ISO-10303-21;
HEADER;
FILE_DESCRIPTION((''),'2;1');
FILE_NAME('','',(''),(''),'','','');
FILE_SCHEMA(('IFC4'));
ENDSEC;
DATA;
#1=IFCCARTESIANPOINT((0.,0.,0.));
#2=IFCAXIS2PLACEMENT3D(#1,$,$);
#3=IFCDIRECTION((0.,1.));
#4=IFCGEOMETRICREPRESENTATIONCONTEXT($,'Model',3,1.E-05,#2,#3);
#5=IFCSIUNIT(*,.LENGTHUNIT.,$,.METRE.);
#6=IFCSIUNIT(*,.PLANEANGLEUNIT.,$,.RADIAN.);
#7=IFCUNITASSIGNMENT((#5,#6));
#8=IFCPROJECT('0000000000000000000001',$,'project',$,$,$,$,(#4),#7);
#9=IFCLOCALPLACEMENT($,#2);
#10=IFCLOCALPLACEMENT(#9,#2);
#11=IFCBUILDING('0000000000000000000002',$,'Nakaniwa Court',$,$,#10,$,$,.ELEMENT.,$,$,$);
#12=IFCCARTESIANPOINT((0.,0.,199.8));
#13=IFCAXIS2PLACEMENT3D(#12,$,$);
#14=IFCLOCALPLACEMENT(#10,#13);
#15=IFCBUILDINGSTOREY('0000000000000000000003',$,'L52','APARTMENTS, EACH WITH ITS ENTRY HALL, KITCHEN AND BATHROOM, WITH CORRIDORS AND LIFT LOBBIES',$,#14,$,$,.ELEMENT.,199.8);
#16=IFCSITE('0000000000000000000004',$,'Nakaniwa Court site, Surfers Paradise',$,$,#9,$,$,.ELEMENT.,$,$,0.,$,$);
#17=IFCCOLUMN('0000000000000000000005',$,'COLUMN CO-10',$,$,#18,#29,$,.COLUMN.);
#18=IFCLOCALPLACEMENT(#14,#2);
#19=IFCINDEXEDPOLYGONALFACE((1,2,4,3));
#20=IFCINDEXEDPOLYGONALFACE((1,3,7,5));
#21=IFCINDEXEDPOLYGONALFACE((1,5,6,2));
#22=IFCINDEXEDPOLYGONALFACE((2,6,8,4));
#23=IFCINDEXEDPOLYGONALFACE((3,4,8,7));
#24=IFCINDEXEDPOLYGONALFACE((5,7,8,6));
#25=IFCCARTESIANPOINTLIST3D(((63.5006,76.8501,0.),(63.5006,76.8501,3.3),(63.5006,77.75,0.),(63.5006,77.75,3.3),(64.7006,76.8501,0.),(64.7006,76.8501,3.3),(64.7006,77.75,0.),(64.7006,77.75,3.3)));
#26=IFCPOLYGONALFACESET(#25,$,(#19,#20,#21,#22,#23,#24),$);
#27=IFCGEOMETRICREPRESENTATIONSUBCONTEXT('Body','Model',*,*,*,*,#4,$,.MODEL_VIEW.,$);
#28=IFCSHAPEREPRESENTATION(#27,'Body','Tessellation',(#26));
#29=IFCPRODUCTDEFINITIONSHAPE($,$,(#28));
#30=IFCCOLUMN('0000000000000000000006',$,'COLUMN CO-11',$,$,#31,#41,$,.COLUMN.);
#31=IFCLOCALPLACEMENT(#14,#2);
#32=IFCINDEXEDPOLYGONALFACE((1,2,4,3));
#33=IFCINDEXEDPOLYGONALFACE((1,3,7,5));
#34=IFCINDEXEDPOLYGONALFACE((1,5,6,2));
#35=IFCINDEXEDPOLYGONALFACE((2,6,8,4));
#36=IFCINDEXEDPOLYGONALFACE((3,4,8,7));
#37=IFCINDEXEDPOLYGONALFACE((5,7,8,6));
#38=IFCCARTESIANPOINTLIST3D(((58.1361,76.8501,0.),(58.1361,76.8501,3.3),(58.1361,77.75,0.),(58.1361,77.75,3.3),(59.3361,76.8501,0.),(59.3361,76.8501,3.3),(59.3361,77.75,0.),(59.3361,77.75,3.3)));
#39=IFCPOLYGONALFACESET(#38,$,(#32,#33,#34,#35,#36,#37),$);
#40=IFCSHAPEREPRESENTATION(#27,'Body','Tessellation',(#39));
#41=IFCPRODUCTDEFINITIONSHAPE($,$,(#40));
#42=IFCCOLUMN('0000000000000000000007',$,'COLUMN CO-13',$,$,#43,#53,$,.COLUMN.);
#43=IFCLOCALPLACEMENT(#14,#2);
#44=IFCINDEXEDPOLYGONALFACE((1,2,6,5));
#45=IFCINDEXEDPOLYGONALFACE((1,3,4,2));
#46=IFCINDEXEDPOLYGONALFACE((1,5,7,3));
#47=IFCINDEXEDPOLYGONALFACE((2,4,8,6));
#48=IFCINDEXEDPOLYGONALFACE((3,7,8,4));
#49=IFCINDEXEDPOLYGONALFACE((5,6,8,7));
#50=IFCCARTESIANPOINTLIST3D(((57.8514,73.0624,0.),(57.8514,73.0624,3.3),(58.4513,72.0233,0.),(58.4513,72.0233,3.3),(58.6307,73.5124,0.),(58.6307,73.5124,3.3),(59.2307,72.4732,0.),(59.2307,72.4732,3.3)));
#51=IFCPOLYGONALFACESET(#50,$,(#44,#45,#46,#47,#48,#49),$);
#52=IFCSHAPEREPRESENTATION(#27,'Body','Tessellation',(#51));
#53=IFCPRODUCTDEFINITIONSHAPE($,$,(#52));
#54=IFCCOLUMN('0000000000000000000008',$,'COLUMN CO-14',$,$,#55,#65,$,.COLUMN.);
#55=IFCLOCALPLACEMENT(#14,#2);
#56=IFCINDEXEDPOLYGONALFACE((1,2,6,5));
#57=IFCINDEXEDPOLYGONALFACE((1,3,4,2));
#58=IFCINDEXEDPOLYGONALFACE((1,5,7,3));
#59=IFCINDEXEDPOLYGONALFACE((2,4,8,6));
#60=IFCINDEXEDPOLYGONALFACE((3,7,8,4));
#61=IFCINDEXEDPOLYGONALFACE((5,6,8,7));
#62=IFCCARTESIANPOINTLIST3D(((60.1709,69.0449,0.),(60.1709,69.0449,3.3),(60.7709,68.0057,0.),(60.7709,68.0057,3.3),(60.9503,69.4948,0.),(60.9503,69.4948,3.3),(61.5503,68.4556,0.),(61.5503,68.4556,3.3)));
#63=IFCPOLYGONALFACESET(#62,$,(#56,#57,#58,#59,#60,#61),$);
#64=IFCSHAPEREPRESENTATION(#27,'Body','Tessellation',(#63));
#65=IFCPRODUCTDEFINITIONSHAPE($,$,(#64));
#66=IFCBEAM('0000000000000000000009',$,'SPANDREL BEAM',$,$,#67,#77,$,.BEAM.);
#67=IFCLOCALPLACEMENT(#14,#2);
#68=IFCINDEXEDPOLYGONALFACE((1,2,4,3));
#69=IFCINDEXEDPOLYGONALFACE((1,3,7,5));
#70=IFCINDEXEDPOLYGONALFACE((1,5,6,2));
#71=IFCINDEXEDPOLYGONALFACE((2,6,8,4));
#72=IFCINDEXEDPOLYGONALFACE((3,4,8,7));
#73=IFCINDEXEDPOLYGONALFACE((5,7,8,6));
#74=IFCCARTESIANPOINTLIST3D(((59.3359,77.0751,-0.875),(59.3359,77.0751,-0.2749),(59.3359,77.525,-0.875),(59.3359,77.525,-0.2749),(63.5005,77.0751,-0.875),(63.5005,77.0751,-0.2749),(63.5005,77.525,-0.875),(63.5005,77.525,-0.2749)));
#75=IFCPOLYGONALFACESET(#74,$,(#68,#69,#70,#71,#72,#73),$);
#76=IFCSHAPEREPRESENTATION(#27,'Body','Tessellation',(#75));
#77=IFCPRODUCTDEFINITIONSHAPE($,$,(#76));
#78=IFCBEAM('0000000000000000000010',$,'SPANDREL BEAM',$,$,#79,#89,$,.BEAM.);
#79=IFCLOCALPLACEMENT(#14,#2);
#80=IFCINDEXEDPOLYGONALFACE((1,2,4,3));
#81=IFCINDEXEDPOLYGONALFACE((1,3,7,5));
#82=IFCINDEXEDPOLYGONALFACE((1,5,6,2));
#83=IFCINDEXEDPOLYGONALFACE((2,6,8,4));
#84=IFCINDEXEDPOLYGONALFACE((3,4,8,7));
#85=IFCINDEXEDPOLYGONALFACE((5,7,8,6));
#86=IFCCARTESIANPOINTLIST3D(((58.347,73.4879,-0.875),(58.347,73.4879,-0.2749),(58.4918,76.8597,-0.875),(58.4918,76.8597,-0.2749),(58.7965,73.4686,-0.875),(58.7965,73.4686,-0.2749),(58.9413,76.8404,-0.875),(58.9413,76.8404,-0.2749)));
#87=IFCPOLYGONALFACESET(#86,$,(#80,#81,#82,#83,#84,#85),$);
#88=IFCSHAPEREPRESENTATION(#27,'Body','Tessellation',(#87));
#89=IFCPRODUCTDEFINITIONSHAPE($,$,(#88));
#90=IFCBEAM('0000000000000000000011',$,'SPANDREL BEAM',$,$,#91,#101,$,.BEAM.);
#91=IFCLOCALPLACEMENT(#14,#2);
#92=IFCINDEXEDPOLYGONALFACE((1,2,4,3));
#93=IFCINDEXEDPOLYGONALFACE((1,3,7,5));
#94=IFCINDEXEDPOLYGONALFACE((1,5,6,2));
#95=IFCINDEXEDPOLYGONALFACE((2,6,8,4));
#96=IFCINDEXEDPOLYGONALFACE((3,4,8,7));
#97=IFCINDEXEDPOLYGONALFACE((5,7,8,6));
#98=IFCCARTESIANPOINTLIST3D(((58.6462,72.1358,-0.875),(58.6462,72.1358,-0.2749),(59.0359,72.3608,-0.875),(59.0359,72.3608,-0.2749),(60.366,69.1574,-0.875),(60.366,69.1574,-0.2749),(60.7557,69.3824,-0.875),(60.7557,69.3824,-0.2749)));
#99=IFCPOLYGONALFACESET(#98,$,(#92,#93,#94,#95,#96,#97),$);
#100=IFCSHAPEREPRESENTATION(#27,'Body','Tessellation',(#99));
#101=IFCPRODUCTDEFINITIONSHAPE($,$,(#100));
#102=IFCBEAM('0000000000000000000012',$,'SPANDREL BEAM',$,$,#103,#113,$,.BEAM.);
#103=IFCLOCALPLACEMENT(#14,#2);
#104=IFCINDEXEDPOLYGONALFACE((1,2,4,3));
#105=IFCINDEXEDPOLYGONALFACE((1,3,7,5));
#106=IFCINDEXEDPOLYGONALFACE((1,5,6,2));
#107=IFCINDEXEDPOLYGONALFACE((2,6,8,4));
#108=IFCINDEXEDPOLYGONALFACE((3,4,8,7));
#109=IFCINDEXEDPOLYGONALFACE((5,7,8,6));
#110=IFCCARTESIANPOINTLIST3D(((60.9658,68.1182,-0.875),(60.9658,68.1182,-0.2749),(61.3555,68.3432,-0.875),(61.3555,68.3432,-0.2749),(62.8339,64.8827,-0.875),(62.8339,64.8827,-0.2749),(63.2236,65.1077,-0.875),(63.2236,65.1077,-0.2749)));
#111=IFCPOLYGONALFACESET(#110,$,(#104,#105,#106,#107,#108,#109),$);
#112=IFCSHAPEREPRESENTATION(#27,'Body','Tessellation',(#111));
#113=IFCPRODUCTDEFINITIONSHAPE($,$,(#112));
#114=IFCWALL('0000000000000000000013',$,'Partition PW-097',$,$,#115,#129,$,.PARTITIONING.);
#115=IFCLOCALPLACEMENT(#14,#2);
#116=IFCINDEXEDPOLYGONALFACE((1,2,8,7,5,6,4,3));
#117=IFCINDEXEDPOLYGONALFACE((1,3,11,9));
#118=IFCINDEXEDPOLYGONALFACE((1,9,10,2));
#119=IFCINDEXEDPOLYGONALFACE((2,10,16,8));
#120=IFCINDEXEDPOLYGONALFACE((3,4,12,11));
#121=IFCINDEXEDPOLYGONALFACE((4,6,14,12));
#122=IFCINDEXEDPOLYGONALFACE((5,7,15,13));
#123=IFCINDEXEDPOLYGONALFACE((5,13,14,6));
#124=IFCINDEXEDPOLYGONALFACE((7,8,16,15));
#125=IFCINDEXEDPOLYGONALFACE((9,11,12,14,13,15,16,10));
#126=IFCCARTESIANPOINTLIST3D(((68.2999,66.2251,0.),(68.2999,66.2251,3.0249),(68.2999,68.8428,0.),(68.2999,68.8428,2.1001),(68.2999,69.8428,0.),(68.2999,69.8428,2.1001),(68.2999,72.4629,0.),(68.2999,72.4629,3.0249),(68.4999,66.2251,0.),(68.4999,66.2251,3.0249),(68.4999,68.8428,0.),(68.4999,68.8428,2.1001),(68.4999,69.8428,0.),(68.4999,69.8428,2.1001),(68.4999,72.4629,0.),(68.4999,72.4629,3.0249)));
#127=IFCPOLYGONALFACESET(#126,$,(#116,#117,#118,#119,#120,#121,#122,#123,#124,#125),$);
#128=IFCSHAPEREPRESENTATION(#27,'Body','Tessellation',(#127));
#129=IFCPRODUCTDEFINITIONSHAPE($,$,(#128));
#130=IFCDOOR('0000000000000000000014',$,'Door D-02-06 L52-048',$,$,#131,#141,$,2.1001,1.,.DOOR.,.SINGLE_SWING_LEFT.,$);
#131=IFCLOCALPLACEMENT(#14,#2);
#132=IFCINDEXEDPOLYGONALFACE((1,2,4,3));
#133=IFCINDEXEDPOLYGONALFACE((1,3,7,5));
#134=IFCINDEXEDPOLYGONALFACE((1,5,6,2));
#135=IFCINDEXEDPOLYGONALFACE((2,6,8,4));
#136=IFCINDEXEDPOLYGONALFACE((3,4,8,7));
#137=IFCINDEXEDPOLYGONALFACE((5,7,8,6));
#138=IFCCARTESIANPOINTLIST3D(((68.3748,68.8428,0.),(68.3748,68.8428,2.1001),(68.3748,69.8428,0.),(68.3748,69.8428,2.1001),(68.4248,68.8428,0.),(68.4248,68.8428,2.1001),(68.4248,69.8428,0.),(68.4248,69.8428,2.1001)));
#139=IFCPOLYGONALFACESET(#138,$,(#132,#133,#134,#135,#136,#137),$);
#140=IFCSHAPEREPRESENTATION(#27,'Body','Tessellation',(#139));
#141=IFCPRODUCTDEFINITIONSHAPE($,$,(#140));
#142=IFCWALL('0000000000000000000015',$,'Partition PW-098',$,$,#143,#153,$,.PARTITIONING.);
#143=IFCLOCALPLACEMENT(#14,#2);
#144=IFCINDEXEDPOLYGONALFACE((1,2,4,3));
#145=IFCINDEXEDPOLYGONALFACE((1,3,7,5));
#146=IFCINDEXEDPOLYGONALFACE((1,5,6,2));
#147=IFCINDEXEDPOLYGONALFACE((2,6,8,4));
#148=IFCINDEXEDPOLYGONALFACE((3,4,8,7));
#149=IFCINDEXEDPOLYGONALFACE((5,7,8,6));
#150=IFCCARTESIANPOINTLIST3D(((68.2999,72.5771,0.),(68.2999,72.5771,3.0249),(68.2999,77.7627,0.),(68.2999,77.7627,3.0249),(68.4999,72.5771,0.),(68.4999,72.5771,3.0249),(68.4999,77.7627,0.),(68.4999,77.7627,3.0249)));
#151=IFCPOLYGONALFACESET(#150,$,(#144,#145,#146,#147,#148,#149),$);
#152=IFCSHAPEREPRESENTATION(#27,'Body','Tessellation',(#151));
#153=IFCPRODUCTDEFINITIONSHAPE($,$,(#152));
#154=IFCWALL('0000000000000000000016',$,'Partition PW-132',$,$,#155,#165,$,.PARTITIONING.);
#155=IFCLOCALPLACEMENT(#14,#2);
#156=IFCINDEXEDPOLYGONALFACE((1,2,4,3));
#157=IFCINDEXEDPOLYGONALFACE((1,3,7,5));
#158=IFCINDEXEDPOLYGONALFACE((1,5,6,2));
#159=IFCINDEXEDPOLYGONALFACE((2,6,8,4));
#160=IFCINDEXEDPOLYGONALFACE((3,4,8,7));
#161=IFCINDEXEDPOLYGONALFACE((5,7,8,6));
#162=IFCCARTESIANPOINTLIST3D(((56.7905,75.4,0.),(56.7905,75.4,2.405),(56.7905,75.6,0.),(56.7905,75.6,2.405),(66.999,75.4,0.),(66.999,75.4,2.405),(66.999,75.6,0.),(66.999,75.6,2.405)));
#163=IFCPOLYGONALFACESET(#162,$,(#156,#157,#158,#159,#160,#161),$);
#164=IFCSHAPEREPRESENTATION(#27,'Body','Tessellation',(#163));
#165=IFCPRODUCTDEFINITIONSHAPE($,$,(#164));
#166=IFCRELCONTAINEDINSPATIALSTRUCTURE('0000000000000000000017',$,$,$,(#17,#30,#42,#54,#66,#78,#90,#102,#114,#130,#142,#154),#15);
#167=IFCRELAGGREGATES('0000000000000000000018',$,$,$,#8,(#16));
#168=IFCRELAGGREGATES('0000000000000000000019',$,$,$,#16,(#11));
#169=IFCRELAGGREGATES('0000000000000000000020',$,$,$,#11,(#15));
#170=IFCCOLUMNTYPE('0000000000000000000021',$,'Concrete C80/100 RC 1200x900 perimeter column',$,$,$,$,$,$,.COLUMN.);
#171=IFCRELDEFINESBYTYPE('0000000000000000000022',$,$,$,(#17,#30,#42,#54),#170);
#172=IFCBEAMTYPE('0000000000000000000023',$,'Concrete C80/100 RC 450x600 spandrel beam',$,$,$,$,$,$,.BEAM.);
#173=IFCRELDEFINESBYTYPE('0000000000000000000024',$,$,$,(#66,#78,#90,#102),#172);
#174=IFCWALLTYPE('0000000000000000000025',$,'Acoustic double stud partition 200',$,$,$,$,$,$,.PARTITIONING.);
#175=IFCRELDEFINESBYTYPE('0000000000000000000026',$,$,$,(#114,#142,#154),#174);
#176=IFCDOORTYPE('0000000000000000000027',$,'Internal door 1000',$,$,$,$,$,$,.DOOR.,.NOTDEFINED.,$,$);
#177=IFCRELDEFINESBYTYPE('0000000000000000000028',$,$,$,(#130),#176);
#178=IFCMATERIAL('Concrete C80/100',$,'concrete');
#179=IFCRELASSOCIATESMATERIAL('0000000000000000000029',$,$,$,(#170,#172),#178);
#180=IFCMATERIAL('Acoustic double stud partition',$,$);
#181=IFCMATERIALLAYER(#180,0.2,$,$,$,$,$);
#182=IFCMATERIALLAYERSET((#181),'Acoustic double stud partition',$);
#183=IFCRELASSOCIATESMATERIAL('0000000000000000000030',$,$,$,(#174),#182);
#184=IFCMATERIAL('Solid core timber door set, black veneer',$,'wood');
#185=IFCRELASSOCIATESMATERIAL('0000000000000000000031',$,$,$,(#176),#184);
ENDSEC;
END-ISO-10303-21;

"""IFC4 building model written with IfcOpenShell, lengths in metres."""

from ifc_helpers import new_model, si_unit, direction, frame, frame_2d, origin, origin_2d, place, context, subcontext, project, spatial, rectangle, extrude, material, layer, layer_set, material_profile, profile_set, type_object, element, fill, save


model = new_model("IFC4")

# Units and contexts
model_context = context("Model", 3, precision=1e-05, world=origin(), true_north=direction((0.0, 1.0)))
body_context = subcontext(model_context, "Body", "Model", "MODEL_VIEW")
ifc_project = project(units=[si_unit("LENGTHUNIT", "METRE"), si_unit("PLANEANGLEUNIT", "RADIAN")], contexts=[model_context])

# Site, building, storey
site_placement = place(None, origin())
site = spatial("IfcSite", under=ifc_project, at=site_placement, Name="Nakaniwa Court site, Surfers Paradise", CompositionType="ELEMENT", RefElevation=0.0)
building_placement = place(site_placement, origin())
building = spatial("IfcBuilding", under=site, at=building_placement, Name="Nakaniwa Court", CompositionType="ELEMENT")
storey_placement = place(building_placement, frame((0.0, 0.0, 199.8)))
storey = spatial("IfcBuildingStorey", under=building, at=storey_placement, Name="L52", Description="APARTMENTS, EACH WITH ITS ENTRY HALL, KITCHEN AND BATHROOM, WITH CORRIDORS AND LIFT LOBBIES", CompositionType="ELEMENT", Elevation=199.8)

# Columns
ifc_material_1 = material(Name="Concrete C80/100", Category="concrete")
ifc_material_profile_1 = material_profile(ifc_material_1, rectangle(XDim=1.2, YDim=0.8999, at=origin_2d()), Name="Concrete C80/100 RC 1200x900 perimeter column")
ifc_profile_set_1 = profile_set([ifc_material_profile_1], Name="Concrete C80/100")
column_type = type_object("IfcColumnType", Name="Concrete C80/100 RC 1200x900 perimeter column", PredefinedType="COLUMN", material=ifc_profile_set_1)
for number, where, z_axis, x_axis, name in (
    (1, (64.1006, 77.3, 0.0), (0.0, 0.0, 1.0), (-1.0, 0.0, 0.0), "COLUMN CO-10"),
    (2, (58.7361, 77.3, 0.0), (0.0, 0.0, 1.0), (-1.0, 0.0, 0.0), "COLUMN CO-11"),
    (3, (58.541, 72.7678, 0.0), (0.0, 0.0, 1.0), (0.5, -0.866025, 0.0), "COLUMN CO-13"),
    (4, (60.8606, 68.7502, 0.0), (0.0, 0.0, 1.0), (0.5, -0.866025, 0.0), "COLUMN CO-14"),
):
    element("IfcColumn", number, at=place(storey_placement, frame(where, z_axis=z_axis, x_axis=x_axis)), inside=storey, type_object=column_type, Name=name, PredefinedType="COLUMN", context=body_context, shape_type="SweptSolid", body=[
        extrude(rectangle(XDim=1.2, YDim=0.8999, at=origin_2d()), origin(), (0.0, 0.0, 1.0), 3.3),
    ])

# Beams
ifc_material_profile_2 = material_profile(ifc_material_1, rectangle(XDim=0.45, YDim=0.6001, at=origin_2d()), Name="Concrete C80/100 RC 450x600 spandrel beam")
ifc_profile_set_2 = profile_set([ifc_material_profile_2], Name="Concrete C80/100")
beam_type = type_object("IfcBeamType", Name="Concrete C80/100 RC 450x600 spandrel beam", PredefinedType="BEAM", material=ifc_profile_set_2)
beam_1_placement = place(storey_placement, frame((63.5005, 77.3, -0.575), z_axis=(-1.0, 0.0, 0.0), x_axis=(0.0, -1.0, 0.0)))
element("IfcBeam", 5, at=beam_1_placement, inside=storey, type_object=beam_type, Name="SPANDREL BEAM", PredefinedType="BEAM", context=body_context, shape_type="SweptSolid", body=[
    extrude(rectangle(XDim=0.45, YDim=0.6001, at=origin_2d()), origin(), (0.0, 0.0, 1.0), 4.1646),
])
beam_2_placement = place(storey_placement, frame((58.7166, 76.8501, -0.575), z_axis=(-0.042897, -0.999079, 0.0), x_axis=(0.999079, -0.042897, 0.0)))
element("IfcBeam", 6, at=beam_2_placement, inside=storey, type_object=beam_type, Name="SPANDREL BEAM", PredefinedType="BEAM", context=body_context, shape_type="SweptSolid", body=[
    extrude(rectangle(XDim=0.45, YDim=0.6001, at=origin_2d()), origin(), (0.0, 0.0, 1.0), 3.375),
])
beam_3_placement = place(storey_placement, frame((58.8411, 72.2483, -0.575), z_axis=(0.500048, -0.865998, 0.0), x_axis=(0.865998, 0.500048, 0.0)))
element("IfcBeam", 7, at=beam_3_placement, inside=storey, type_object=beam_type, Name="SPANDREL BEAM", PredefinedType="BEAM", context=body_context, shape_type="SweptSolid", body=[
    extrude(rectangle(XDim=0.45, YDim=0.6001, at=origin_2d()), origin(), (0.0, 0.0, 1.0), 3.4392),
])
beam_4_placement = place(storey_placement, frame((61.1606, 68.2307, -0.575), z_axis=(0.500018, -0.866015, 0.0), x_axis=(0.866015, 0.500018, 0.0)))
element("IfcBeam", 8, at=beam_4_placement, inside=storey, type_object=beam_type, Name="SPANDREL BEAM", PredefinedType="BEAM", context=body_context, shape_type="SweptSolid", body=[
    extrude(rectangle(XDim=0.45, YDim=0.6001, at=origin_2d()), origin(), (0.0, 0.0, 1.0), 3.7361),
])

# Wall, opening, door
ifc_material_2 = material(Name="Acoustic double stud partition")
ifc_layer_1 = layer(ifc_material_2, 0.2)
ifc_layer_set_1 = layer_set([ifc_layer_1], Name="Acoustic double stud partition")
wall_type_1 = type_object("IfcWallType", Name="Acoustic double stud partition 200", PredefinedType="PARTITIONING", material=ifc_layer_set_1)
wall_1_placement = place(storey_placement, frame((68.3999, 72.4629, 0.0), z_axis=(0.0, 0.0, 1.0), x_axis=(0.0, -1.0, 0.0)))
wall_1 = element("IfcWall", 9, at=wall_1_placement, inside=storey, type_object=wall_type_1, Name="Partition PW-097", PredefinedType="PARTITIONING", context=body_context, shape_type="SweptSolid", body=[
    extrude(rectangle(XDim=6.2378, YDim=0.2, at=frame_2d((3.1189, 0.0))), origin(), (0.0, 0.0, 1.0), 3.0249),
])
opening_1_placement = place(wall_1_placement, frame((2.6201, 0.0, 0.0)))
opening_1 = element("IfcOpeningElement", 10, at=opening_1_placement, cuts=wall_1, PredefinedType="OPENING", context=body_context, shape_type="SweptSolid", body=[
    extrude(rectangle(XDim=1.0, YDim=2.1001, at=frame_2d((0.5, 1.05))), frame((0.0, 0.1099, 0.0), z_axis=(0.0, -1.0, 0.0), x_axis=(1.0, 0.0, 0.0)), (0.0, 0.0, 1.0), 0.22),
])
ifc_material_3 = material(Name="Solid core timber door set, black veneer", Category="wood")
door_type_1 = type_object("IfcDoorType", Name="Internal door 1000", OperationType="NOTDEFINED", PredefinedType="DOOR", material=ifc_material_3)
door_1_placement = place(opening_1_placement, origin())
door_1 = element("IfcDoor", 11, at=door_1_placement, inside=storey, type_object=door_type_1, Name="Door D-02-06 L52-048", OperationType="SINGLE_SWING_LEFT", OverallHeight=2.1001, OverallWidth=1.0, PredefinedType="DOOR", context=body_context, shape_type="SweptSolid", body=[
    extrude(rectangle(XDim=1.0, YDim=2.1001, at=frame_2d((0.5, 1.05))), frame((0.0, 0.0249, 0.0), z_axis=(0.0, -1.0, 0.0), x_axis=(1.0, 0.0, 0.0)), (0.0, 0.0, 1.0), 0.05),
])
fill(opening_1, door_1)

# Walls
wall_2_placement = place(storey_placement, frame((68.3999, 72.5771, 0.0), z_axis=(0.0, 0.0, 1.0), x_axis=(0.0, 1.0, 0.0)))
element("IfcWall", 12, at=wall_2_placement, inside=storey, type_object=wall_type_1, Name="Partition PW-098", PredefinedType="PARTITIONING", context=body_context, shape_type="SweptSolid", body=[
    extrude(rectangle(XDim=5.1855, YDim=0.2, at=frame_2d((2.5928, 0.0))), origin(), (0.0, 0.0, 1.0), 3.0249),
])
wall_3_placement = place(storey_placement, frame((56.7905, 75.5, 0.0), z_axis=(0.0, 0.0, 1.0), x_axis=(1.0, 0.0, 0.0)))
element("IfcWall", 13, at=wall_3_placement, inside=storey, type_object=wall_type_1, Name="Partition PW-132", PredefinedType="PARTITIONING", context=body_context, shape_type="SweptSolid", body=[
    extrude(rectangle(XDim=10.2085, YDim=0.2, at=frame_2d((5.1042, 0.0))), origin(), (0.0, 0.0, 1.0), 2.405),
])

save(model, "model.ifc")
